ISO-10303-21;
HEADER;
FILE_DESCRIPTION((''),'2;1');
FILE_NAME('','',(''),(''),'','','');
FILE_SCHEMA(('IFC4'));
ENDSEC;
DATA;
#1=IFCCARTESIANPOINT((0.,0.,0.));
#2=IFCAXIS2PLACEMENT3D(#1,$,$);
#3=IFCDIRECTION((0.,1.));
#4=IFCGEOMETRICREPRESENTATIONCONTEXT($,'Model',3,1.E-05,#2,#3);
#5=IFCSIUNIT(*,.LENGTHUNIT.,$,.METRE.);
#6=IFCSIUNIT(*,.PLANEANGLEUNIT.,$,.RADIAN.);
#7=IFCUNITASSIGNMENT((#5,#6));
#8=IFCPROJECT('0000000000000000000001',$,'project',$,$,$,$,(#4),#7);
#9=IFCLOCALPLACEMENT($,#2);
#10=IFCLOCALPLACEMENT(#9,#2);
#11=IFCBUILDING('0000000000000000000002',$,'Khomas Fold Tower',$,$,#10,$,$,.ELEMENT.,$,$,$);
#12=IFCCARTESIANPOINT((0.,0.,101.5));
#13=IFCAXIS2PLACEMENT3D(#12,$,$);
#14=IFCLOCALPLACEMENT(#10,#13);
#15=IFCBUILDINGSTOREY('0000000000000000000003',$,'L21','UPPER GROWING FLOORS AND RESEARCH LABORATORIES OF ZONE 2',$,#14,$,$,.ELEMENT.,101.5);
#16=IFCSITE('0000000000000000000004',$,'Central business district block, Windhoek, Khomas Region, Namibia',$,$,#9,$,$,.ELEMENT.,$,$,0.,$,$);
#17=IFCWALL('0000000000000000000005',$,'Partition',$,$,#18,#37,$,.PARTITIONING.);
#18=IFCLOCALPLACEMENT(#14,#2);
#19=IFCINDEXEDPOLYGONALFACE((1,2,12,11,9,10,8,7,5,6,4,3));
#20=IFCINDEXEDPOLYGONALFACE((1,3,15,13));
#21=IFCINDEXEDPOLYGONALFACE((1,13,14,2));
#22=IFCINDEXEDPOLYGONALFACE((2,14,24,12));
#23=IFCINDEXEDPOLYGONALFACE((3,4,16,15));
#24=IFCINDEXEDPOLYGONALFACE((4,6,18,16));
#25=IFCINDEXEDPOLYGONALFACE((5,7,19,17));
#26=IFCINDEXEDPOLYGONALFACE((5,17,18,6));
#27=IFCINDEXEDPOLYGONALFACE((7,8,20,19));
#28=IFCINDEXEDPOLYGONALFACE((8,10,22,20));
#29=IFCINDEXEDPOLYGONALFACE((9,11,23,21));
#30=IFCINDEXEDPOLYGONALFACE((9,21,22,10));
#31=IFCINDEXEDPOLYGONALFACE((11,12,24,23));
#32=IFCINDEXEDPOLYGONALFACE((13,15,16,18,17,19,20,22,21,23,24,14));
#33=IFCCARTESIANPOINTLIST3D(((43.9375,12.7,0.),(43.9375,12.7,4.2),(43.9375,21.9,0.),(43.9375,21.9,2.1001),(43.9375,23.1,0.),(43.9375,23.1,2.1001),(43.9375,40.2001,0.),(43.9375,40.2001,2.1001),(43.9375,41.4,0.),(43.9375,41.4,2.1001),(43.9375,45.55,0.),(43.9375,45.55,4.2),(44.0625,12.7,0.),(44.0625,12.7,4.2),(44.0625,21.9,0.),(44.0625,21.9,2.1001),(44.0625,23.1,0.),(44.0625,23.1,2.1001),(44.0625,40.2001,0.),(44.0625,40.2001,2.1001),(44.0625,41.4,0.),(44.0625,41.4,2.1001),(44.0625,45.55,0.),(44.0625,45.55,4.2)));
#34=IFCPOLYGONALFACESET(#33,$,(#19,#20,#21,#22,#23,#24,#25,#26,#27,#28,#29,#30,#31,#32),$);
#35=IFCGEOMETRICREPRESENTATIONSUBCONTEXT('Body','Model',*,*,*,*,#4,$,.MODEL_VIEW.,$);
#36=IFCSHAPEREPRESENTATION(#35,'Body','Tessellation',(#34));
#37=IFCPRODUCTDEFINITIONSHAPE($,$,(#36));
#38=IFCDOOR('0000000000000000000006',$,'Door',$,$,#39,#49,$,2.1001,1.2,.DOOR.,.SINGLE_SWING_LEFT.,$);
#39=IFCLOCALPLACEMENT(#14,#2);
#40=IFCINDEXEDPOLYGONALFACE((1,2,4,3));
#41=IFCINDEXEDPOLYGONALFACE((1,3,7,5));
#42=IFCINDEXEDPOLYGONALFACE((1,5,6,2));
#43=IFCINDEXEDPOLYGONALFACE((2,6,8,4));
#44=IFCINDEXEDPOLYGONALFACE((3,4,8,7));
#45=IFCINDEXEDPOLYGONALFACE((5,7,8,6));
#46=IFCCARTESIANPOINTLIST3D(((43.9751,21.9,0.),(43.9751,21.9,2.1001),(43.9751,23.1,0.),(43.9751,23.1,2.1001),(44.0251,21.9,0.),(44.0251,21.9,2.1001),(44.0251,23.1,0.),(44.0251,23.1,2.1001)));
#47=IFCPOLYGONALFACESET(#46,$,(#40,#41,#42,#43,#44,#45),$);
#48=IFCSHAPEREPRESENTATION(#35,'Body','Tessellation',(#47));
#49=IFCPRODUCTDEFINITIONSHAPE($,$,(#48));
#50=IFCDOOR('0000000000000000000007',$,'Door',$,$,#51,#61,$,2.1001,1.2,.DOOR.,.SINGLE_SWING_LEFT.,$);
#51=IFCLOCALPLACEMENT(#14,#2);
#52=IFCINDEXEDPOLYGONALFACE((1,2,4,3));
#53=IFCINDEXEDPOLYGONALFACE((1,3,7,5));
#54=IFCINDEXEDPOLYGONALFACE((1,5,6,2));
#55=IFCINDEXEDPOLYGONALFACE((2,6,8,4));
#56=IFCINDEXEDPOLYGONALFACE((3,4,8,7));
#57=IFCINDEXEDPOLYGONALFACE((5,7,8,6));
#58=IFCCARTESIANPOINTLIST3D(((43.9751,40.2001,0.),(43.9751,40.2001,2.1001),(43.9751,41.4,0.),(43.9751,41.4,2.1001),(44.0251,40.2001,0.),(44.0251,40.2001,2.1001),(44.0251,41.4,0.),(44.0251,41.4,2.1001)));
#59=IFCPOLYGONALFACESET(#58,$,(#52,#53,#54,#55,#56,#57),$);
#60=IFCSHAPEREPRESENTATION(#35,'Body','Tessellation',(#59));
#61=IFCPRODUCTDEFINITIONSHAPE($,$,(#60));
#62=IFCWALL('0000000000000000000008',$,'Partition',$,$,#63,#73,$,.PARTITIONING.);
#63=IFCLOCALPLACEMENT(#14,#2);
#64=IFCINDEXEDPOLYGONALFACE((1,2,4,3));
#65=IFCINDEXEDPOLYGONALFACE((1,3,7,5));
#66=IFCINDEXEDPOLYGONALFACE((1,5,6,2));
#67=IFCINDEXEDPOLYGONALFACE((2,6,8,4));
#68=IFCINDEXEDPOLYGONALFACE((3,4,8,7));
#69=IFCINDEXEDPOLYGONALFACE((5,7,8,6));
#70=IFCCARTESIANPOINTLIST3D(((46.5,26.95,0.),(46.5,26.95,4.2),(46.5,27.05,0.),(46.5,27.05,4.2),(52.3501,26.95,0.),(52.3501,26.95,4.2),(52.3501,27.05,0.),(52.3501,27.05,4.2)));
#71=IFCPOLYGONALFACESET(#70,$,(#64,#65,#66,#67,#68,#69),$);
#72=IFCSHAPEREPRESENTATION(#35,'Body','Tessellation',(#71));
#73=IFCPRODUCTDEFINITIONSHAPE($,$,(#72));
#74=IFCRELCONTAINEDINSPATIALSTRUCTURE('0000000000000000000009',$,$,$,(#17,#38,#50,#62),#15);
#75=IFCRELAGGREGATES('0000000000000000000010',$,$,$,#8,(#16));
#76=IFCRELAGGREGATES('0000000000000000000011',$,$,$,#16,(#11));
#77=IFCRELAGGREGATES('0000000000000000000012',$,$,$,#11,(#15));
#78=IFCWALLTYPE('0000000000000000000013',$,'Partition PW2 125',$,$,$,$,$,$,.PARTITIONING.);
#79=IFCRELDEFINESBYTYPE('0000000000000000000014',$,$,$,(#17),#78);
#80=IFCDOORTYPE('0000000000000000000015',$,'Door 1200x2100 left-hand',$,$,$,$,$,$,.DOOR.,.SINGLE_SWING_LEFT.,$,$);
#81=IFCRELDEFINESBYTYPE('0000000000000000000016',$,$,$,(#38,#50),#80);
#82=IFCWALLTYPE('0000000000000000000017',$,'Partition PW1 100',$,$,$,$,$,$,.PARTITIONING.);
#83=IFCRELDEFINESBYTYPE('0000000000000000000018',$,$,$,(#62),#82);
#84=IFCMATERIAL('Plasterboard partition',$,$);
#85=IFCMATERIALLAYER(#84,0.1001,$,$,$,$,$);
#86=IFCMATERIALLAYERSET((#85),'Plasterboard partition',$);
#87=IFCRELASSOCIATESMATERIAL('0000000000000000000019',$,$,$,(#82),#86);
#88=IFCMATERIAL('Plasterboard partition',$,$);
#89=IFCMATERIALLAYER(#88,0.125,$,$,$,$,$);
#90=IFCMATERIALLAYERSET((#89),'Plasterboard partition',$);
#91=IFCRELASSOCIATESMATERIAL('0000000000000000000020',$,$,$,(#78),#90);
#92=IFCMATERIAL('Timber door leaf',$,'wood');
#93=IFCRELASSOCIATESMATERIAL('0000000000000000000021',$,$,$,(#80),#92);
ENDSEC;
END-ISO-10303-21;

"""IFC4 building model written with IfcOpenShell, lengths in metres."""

from ifc_helpers import new_model, si_unit, direction, frame, frame_2d, origin, place, context, subcontext, project, spatial, rectangle, extrude, source, transform, mapped, material, layer, layer_set, type_object, element, fill, save


model = new_model("IFC4")

# Units and contexts
model_context = context("Model", 3, precision=1e-05, world=origin(), true_north=direction((0.0, 1.0)))
body_context = subcontext(model_context, "Body", "Model", "MODEL_VIEW")
ifc_project = project(units=[si_unit("LENGTHUNIT", "METRE"), si_unit("PLANEANGLEUNIT", "RADIAN")], contexts=[model_context])

# Site, building, storey
site_placement = place(None, origin())
site = spatial("IfcSite", under=ifc_project, at=site_placement, Name="Central business district block, Windhoek, Khomas Region, Namibia", CompositionType="ELEMENT", RefElevation=0.0)
building_placement = place(site_placement, origin())
building = spatial("IfcBuilding", under=site, at=building_placement, Name="Khomas Fold Tower", CompositionType="ELEMENT")
storey_placement = place(building_placement, frame((0.0, 0.0, 101.5)))
storey = spatial("IfcBuildingStorey", under=building, at=storey_placement, Name="L21", Description="UPPER GROWING FLOORS AND RESEARCH LABORATORIES OF ZONE 2", CompositionType="ELEMENT", Elevation=101.5)

# Shared definitions
ifc_material_1 = material(Name="Plasterboard partition")
ifc_layer_1 = layer(ifc_material_1, 0.1001)
ifc_layer_set_1 = layer_set([ifc_layer_1], Name="Plasterboard partition")
wall_type_1 = type_object("IfcWallType", Name="Partition PW1 100", PredefinedType="PARTITIONING", material=ifc_layer_set_1)

# Wall, openings, doors
ifc_material_2 = material(Name="Plasterboard partition")
ifc_layer_2 = layer(ifc_material_2, 0.125)
ifc_layer_set_2 = layer_set([ifc_layer_2], Name="Plasterboard partition")
wall_type_2 = type_object("IfcWallType", Name="Partition PW2 125", PredefinedType="PARTITIONING", material=ifc_layer_set_2)
shared_shape_1 = source(origin(), body_context, "Body", "SweptSolid", [
    extrude(rectangle(XDim=1.2, YDim=2.1001, at=frame_2d((0.6001, 1.05))), frame((0.0, 0.0725, 0.0), z_axis=(0.0, -1.0, 0.0), x_axis=(1.0, 0.0, 0.0)), (0.0, 0.0, 1.0), 0.145),
])
shared_shape_2 = source(origin(), body_context, "Body", "SweptSolid", [
    extrude(rectangle(XDim=1.2, YDim=2.1001, at=frame_2d((0.6001, 1.05))), frame((0.0, 0.0249, 0.0), z_axis=(0.0, -1.0, 0.0), x_axis=(1.0, 0.0, 0.0)), (0.0, 0.0, 1.0), 0.05),
])
ifc_material_3 = material(Name="Timber door leaf", Category="wood")
door_type_1 = type_object("IfcDoorType", Name="Door 1200x2100 left-hand", OperationType="SINGLE_SWING_LEFT", PredefinedType="DOOR", material=ifc_material_3)
shared_shape_3 = source(origin(), body_context, "Body", "SweptSolid", [
    extrude(rectangle(XDim=32.8501, YDim=0.125, at=frame_2d((16.425, 0.0))), origin(), (0.0, 0.0, 1.0), 4.2),
])
wall_1_placement = place(storey_placement, frame((44.0, 12.7, 0.0), z_axis=(0.0, 0.0, 1.0), x_axis=(0.0, 1.0, 0.0)))
wall_1 = element("IfcWall", 1, at=wall_1_placement, inside=storey, type_object=wall_type_2, Name="Partition", PredefinedType="PARTITIONING", context=body_context, shape_type="MappedRepresentation", body=[
    mapped(shared_shape_3, transform((0.0, 0.0, 0.0))),
])
opening_1_placement = place(wall_1_placement, frame((9.2, 0.0, 0.0)))
opening_1 = element("IfcOpeningElement", 2, at=opening_1_placement, cuts=wall_1, PredefinedType="OPENING", context=body_context, shape_type="MappedRepresentation", body=[
    mapped(shared_shape_1, transform((0.0, 0.0, 0.0))),
])
opening_2_placement = place(wall_1_placement, frame((27.5, 0.0, 0.0)))
opening_2 = element("IfcOpeningElement", 3, at=opening_2_placement, cuts=wall_1, PredefinedType="OPENING", context=body_context, shape_type="MappedRepresentation", body=[
    mapped(shared_shape_1, transform((0.0, 0.0, 0.0))),
])
door_1_placement = place(opening_1_placement, origin())
door_1 = element("IfcDoor", 4, at=door_1_placement, inside=storey, type_object=door_type_1, Name="Door", OperationType="SINGLE_SWING_LEFT", OverallHeight=2.1001, OverallWidth=1.2, PredefinedType="DOOR", context=body_context, shape_type="MappedRepresentation", body=[
    mapped(shared_shape_2, transform((0.0, 0.0, 0.0))),
])
fill(opening_1, door_1)
door_2_placement = place(opening_2_placement, origin())
door_2 = element("IfcDoor", 5, at=door_2_placement, inside=storey, type_object=door_type_1, Name="Door", OperationType="SINGLE_SWING_LEFT", OverallHeight=2.1001, OverallWidth=1.2, PredefinedType="DOOR", context=body_context, shape_type="MappedRepresentation", body=[
    mapped(shared_shape_2, transform((0.0, 0.0, 0.0))),
])
fill(opening_2, door_2)

# Wall
shared_shape_4 = source(origin(), body_context, "Body", "SweptSolid", [
    extrude(rectangle(XDim=5.8501, YDim=0.1001, at=frame_2d((2.925, 0.0))), origin(), (0.0, 0.0, 1.0), 4.2),
])
wall_2_placement = place(storey_placement, frame((46.5, 27.0, 0.0), z_axis=(0.0, 0.0, 1.0), x_axis=(1.0, 0.0, 0.0)))
element("IfcWall", 6, at=wall_2_placement, inside=storey, type_object=wall_type_1, Name="Partition", PredefinedType="PARTITIONING", context=body_context, shape_type="MappedRepresentation", body=[
    mapped(shared_shape_4, transform((0.0, 0.0, 0.0))),
])

save(model, "model.ifc")
